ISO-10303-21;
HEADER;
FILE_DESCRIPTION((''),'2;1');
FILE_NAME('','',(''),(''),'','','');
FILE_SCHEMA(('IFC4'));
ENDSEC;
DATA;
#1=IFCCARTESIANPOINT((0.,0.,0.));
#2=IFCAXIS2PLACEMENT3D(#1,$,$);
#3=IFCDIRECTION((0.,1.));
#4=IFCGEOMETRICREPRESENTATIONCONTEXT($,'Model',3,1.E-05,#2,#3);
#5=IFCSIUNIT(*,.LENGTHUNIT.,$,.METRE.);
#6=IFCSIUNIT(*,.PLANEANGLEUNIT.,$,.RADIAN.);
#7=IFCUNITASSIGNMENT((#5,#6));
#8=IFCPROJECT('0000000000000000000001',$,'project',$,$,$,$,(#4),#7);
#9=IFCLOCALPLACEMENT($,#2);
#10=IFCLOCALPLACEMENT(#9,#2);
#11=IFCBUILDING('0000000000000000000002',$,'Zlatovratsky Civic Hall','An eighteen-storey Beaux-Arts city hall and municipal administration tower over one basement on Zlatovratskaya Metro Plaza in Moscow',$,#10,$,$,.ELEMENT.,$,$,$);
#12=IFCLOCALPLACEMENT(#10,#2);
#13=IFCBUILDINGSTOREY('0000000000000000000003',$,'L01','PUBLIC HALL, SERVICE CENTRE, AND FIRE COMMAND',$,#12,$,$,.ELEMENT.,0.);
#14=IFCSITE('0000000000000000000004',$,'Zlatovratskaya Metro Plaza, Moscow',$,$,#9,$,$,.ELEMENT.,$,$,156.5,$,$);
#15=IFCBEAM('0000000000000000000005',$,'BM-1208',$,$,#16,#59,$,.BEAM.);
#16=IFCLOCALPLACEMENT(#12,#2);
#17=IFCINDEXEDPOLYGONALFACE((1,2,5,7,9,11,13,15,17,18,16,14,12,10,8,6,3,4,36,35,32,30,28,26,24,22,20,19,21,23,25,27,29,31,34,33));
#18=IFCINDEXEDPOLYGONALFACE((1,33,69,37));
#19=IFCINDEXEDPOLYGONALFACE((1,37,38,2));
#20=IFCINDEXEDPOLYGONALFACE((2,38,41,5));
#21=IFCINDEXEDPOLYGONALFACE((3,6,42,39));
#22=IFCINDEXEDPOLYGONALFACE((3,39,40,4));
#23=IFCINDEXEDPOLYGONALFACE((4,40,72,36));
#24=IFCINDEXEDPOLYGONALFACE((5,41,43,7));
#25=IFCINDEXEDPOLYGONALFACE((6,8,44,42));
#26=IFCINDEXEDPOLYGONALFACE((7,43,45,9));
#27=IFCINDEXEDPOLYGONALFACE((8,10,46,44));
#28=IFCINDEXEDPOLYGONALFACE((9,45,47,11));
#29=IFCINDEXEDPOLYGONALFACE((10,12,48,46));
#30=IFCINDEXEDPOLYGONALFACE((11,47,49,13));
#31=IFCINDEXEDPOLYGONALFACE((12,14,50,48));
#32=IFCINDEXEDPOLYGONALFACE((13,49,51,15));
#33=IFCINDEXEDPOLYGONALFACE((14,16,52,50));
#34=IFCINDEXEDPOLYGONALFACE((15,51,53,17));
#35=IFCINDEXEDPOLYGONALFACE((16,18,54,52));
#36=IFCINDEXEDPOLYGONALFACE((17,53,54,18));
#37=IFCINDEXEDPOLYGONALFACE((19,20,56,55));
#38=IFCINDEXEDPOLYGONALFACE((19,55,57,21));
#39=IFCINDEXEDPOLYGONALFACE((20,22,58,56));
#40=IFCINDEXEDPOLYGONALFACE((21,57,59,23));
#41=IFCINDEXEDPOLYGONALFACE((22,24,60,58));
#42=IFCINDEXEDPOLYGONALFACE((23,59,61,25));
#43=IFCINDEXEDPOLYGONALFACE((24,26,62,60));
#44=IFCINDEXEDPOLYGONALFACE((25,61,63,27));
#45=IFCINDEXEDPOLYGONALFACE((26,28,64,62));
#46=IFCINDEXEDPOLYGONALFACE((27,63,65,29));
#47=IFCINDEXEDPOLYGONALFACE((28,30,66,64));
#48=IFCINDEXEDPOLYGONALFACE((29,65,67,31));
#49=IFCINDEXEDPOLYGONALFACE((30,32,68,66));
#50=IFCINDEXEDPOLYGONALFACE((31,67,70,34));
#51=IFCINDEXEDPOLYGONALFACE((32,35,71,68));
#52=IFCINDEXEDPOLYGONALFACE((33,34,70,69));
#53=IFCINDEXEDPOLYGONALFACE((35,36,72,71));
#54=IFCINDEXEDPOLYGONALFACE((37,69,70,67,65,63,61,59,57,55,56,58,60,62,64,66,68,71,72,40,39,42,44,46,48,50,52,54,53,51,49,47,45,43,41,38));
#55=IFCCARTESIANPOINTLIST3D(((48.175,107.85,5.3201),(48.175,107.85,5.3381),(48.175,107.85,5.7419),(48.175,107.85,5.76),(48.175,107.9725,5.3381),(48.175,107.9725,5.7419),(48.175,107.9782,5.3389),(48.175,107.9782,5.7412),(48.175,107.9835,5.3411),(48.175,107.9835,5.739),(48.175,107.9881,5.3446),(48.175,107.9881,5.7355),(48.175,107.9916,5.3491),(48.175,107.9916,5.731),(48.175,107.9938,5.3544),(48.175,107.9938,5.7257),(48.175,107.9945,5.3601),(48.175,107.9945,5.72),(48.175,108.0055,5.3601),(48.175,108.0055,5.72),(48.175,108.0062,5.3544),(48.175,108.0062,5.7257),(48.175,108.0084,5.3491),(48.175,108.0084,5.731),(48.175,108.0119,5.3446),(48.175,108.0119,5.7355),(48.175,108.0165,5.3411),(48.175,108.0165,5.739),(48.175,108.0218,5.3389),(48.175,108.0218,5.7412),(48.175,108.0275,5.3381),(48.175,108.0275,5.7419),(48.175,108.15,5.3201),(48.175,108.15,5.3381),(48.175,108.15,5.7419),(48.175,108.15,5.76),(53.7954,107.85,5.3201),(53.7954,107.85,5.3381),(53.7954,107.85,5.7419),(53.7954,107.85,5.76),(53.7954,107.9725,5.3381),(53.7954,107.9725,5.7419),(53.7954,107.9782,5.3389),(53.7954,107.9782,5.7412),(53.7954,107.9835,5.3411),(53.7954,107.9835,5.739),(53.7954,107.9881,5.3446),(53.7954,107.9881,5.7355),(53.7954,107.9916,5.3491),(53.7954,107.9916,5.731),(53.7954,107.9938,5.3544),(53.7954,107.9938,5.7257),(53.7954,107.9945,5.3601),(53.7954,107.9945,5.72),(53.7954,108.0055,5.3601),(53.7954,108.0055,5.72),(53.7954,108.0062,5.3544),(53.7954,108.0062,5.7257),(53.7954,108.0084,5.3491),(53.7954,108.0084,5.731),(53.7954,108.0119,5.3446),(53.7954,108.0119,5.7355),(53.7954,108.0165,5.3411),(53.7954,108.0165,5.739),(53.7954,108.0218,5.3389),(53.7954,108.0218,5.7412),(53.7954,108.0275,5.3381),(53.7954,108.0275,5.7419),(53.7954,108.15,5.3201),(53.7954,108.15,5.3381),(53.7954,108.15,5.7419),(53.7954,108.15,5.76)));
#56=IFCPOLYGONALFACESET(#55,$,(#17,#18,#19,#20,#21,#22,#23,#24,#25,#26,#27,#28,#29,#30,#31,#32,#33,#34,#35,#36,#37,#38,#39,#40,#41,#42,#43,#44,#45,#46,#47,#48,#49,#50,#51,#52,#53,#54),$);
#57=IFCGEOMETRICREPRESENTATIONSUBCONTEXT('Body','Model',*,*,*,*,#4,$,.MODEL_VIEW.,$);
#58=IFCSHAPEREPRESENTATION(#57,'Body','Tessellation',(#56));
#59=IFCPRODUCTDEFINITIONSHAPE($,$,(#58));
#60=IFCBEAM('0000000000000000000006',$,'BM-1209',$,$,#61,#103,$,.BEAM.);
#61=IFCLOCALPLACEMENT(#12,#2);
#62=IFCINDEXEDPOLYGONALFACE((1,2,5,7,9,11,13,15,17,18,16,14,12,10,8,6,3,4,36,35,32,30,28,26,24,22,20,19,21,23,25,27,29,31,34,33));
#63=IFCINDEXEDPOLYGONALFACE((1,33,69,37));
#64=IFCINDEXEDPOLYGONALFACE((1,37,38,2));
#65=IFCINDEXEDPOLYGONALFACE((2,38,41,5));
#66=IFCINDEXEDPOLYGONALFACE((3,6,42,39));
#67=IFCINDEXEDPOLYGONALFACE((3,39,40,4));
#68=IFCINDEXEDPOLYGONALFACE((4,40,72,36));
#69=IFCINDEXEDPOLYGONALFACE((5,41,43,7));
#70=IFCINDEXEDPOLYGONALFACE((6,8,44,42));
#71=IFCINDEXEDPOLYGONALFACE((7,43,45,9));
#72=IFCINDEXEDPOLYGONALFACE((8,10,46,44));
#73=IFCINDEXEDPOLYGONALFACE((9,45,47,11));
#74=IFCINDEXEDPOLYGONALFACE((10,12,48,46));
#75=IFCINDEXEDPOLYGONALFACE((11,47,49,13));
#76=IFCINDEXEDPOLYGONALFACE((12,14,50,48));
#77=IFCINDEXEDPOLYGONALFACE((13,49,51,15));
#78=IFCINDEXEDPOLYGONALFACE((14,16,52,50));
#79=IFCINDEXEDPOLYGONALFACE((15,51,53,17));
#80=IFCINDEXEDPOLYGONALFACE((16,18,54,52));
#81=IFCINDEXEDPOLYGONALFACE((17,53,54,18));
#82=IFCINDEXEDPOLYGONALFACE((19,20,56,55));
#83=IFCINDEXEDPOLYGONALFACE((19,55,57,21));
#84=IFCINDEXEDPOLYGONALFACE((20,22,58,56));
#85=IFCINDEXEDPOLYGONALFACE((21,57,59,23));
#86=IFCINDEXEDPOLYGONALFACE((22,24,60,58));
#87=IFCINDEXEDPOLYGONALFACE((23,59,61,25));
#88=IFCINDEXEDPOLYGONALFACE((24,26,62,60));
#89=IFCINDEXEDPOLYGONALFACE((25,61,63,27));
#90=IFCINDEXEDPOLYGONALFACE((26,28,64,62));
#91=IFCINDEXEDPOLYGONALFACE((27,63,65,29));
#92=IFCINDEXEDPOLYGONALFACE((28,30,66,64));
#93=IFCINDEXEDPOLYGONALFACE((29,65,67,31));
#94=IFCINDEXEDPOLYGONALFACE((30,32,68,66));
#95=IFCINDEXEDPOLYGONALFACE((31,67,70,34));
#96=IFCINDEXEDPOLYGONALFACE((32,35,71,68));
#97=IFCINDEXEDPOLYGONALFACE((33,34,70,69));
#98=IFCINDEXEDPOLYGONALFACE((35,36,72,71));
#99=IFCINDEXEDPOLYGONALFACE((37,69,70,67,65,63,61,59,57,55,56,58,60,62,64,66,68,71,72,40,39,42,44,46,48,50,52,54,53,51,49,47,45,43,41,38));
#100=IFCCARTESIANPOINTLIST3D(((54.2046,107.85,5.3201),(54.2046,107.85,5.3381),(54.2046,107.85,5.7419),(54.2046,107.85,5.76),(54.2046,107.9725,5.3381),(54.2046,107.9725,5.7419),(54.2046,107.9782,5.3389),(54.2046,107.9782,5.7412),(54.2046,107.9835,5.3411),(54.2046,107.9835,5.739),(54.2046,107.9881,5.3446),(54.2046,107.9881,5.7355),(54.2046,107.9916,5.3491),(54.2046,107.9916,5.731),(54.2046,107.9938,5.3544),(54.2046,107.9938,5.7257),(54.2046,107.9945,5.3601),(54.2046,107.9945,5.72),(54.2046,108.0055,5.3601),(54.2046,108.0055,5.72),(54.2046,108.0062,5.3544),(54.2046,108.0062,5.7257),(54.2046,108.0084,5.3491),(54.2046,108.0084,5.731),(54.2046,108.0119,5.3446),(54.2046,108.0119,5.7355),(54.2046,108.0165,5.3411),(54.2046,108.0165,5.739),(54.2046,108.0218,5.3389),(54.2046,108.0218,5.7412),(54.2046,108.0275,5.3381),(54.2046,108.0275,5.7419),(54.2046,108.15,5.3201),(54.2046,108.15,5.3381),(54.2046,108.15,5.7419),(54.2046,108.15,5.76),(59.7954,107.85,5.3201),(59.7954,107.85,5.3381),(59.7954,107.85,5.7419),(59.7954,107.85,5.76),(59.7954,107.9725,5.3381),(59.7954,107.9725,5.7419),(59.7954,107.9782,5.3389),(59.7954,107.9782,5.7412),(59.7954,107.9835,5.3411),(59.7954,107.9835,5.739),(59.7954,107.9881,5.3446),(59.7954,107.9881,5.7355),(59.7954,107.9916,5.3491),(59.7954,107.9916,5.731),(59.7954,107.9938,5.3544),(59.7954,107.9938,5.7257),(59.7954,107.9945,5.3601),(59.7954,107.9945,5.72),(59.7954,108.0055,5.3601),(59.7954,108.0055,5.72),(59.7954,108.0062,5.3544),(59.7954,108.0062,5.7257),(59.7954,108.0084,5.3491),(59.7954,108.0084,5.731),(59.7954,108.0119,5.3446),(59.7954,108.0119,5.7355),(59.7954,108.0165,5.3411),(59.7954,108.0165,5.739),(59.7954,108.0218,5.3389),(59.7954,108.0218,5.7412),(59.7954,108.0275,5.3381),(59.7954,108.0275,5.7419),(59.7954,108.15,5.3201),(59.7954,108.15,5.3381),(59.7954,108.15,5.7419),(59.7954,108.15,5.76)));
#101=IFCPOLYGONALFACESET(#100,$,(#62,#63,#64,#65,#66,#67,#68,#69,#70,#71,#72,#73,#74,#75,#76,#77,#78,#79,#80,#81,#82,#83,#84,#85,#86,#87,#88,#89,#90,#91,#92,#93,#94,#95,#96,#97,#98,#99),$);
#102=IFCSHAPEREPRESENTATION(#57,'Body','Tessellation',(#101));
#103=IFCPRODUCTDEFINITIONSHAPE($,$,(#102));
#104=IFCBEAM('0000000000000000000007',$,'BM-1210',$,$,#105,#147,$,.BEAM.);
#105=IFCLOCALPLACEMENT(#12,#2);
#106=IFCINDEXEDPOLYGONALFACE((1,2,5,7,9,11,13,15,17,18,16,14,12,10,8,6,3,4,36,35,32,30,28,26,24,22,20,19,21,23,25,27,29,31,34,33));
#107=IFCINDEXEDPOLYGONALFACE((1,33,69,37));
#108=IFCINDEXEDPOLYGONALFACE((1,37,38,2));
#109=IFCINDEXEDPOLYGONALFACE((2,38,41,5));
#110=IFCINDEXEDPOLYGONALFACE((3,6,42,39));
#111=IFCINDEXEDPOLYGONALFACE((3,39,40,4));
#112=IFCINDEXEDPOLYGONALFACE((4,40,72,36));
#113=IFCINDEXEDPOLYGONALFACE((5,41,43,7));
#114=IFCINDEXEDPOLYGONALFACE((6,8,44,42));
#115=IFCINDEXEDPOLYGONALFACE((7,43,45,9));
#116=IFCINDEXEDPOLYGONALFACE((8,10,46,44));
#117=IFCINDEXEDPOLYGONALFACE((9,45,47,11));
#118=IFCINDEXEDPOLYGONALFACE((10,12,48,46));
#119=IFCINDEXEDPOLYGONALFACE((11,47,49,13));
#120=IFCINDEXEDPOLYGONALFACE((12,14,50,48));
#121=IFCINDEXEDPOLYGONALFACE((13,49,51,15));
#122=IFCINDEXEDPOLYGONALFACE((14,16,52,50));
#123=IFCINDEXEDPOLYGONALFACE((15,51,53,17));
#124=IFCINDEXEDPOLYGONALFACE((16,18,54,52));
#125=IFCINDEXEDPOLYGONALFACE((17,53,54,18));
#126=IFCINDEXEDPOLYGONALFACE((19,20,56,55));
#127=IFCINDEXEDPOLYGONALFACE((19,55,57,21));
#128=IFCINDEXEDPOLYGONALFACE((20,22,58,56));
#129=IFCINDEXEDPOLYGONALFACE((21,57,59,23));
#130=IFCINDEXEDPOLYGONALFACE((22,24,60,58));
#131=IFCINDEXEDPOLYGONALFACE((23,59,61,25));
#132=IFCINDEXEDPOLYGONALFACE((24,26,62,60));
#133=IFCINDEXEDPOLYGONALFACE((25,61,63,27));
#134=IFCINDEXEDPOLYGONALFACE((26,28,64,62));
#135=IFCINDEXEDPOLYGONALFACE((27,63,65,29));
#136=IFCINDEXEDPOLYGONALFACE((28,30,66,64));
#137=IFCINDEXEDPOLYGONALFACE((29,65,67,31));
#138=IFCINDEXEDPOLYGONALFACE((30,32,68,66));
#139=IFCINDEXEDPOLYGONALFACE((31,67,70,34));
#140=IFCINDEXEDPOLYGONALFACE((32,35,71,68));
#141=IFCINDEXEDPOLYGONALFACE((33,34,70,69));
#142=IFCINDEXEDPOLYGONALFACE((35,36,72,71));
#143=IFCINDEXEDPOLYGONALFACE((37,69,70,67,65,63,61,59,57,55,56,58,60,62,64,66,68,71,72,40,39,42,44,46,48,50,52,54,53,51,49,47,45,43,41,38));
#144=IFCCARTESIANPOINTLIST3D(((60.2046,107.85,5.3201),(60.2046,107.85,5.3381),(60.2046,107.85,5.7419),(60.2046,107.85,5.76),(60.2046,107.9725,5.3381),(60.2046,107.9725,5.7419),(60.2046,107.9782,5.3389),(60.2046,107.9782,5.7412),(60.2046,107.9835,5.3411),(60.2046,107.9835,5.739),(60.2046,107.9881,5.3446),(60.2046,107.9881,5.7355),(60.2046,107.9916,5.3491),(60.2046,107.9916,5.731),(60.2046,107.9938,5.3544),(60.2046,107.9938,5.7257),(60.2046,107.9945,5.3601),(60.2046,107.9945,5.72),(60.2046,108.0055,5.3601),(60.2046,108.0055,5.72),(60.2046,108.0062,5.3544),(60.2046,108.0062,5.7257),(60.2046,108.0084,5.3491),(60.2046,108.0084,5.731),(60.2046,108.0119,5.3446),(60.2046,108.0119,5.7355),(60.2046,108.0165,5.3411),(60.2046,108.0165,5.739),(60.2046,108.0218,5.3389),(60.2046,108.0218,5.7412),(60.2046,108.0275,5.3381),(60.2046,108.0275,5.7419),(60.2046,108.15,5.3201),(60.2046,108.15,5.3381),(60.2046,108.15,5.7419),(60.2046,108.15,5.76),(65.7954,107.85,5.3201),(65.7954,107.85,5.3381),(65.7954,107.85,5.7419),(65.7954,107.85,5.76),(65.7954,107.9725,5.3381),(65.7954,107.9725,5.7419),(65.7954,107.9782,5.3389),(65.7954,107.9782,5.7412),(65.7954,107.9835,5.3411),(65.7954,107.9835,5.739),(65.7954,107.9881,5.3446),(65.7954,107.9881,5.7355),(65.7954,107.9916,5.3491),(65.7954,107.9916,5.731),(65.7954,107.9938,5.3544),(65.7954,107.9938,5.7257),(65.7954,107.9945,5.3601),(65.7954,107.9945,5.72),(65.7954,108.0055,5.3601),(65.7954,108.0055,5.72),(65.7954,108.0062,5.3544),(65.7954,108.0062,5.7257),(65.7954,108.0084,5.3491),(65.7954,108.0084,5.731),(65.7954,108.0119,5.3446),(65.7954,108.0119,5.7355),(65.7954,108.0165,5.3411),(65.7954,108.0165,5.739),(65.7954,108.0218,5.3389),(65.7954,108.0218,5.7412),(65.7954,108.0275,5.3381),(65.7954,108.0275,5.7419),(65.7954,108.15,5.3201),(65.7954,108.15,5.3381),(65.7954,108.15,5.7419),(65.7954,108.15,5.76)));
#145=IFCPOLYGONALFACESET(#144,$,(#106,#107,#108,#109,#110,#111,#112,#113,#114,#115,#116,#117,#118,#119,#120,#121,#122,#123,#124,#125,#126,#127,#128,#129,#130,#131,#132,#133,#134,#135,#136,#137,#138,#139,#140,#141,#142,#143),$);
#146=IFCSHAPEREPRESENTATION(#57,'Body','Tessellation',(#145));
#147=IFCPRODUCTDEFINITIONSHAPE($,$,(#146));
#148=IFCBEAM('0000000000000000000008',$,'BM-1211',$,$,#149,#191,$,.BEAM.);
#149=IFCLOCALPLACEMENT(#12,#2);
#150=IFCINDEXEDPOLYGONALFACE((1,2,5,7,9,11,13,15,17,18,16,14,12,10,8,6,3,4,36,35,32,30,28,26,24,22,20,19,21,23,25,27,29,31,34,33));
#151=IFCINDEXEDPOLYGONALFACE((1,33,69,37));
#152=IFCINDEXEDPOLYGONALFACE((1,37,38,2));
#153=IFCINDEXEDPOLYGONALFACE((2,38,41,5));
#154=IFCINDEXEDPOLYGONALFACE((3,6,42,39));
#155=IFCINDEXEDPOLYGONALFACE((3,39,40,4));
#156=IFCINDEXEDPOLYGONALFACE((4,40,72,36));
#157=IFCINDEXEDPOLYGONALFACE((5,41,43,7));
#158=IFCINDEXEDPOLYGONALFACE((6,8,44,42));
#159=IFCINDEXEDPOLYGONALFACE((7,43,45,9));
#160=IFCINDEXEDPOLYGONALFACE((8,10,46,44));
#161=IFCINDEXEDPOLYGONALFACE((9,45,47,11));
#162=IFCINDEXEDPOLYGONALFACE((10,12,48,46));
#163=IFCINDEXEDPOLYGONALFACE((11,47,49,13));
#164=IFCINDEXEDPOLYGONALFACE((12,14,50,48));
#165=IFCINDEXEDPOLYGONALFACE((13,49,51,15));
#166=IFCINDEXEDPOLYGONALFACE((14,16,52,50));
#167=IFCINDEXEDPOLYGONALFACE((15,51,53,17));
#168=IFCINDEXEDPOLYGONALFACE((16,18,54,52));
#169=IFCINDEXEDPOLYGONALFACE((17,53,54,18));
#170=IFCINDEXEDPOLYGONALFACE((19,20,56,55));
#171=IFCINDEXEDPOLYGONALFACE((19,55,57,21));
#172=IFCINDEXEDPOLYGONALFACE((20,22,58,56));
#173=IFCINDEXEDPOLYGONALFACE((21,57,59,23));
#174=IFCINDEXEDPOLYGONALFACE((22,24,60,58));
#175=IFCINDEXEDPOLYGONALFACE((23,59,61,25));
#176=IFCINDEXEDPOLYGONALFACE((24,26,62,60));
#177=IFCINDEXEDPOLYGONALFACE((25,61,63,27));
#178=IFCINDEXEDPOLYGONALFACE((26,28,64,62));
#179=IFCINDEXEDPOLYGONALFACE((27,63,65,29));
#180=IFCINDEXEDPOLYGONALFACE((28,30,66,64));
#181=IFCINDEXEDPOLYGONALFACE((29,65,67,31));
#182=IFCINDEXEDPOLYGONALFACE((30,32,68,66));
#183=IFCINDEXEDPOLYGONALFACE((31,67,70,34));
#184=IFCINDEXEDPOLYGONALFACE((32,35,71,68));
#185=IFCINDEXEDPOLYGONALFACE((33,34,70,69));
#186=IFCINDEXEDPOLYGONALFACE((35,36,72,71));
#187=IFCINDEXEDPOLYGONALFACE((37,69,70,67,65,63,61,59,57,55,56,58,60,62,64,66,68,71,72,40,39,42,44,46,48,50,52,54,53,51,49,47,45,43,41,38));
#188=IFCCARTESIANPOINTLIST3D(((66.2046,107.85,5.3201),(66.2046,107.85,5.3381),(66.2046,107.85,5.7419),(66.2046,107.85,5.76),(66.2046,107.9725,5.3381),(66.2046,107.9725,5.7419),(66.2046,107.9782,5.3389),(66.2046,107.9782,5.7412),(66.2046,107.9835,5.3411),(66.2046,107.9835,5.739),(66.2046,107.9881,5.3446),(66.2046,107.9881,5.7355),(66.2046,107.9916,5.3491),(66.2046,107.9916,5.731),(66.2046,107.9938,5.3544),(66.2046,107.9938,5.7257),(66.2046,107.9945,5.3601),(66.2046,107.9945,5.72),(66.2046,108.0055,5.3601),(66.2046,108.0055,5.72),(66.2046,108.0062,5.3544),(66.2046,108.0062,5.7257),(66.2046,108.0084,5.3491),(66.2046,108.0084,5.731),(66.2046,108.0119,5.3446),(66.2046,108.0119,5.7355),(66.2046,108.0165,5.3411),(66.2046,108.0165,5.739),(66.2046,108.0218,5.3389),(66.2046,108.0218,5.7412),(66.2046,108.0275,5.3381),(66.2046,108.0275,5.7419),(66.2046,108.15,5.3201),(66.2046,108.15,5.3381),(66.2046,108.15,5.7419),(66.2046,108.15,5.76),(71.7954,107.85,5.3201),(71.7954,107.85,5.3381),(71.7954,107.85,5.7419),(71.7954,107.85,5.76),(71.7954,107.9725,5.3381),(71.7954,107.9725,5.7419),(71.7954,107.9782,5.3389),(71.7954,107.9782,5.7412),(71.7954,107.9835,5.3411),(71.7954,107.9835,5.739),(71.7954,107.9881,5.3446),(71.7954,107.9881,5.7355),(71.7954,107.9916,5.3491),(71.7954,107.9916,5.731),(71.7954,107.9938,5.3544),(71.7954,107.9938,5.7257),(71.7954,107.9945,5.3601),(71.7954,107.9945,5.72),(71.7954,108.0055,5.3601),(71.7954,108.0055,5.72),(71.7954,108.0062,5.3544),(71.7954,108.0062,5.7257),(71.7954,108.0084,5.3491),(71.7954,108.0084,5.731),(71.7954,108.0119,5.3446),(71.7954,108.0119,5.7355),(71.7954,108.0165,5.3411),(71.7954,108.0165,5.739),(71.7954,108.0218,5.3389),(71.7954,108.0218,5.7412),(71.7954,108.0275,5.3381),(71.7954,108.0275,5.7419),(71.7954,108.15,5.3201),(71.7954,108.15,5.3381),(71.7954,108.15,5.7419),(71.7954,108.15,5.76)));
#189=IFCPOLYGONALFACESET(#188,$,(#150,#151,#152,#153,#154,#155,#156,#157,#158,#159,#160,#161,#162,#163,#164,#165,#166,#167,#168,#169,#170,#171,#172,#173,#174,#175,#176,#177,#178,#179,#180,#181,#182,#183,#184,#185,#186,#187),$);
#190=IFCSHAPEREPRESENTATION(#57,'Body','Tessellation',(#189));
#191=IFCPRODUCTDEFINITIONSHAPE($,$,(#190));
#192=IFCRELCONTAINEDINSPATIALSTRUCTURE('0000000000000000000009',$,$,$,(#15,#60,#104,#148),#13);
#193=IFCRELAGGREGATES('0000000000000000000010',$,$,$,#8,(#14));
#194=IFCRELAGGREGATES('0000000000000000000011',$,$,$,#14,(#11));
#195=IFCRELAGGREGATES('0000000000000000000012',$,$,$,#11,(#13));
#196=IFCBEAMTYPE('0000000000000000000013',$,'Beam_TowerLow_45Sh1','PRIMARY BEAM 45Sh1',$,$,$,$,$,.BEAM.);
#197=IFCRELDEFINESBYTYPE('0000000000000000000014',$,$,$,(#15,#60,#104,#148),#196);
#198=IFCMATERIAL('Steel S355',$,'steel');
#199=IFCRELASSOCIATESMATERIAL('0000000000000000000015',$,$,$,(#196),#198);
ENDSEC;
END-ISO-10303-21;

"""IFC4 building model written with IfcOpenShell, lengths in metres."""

from ifc_helpers import new_model, si_unit, direction, frame, origin, origin_2d, place, context, subcontext, project, spatial, i_section, extrude, material, material_profile, profile_set, type_object, element, save


model = new_model("IFC4")

# Units and contexts
model_context = context("Model", 3, precision=1e-05, world=origin(), true_north=direction((0.0, 1.0)))
body_context = subcontext(model_context, "Body", "Model", "MODEL_VIEW")
ifc_project = project(units=[si_unit("LENGTHUNIT", "METRE"), si_unit("PLANEANGLEUNIT", "RADIAN")], contexts=[model_context])

# Site, building, storey
site_placement = place(None, origin())
site = spatial("IfcSite", under=ifc_project, at=site_placement, Name="Zlatovratskaya Metro Plaza, Moscow", CompositionType="ELEMENT", RefElevation=156.5)
building_placement = place(site_placement, origin())
building = spatial("IfcBuilding", under=site, at=building_placement, Name="Zlatovratsky Civic Hall", Description="An eighteen-storey Beaux-Arts city hall and municipal administration tower over one basement on Zlatovratskaya Metro Plaza in Moscow", CompositionType="ELEMENT")
storey_placement = place(building_placement, origin())
storey = spatial("IfcBuildingStorey", under=building, at=storey_placement, Name="L01", Description="PUBLIC HALL, SERVICE CENTRE, AND FIRE COMMAND", CompositionType="ELEMENT", Elevation=0.0)

# Shared definitions
ifc_material_1 = material(Name="Steel S355", Category="steel")

# Beams
ifc_material_profile_1 = material_profile(ifc_material_1, i_section(OverallWidth=0.3, OverallDepth=0.4399, WebThickness=0.011, FlangeThickness=0.0181, FilletRadius=0.022, at=origin_2d()), Name="45Sh1")
ifc_profile_set_1 = profile_set([ifc_material_profile_1], Name="Steel S355")
beam_type_1 = type_object("IfcBeamType", Name="Beam_TowerLow_45Sh1", Description="PRIMARY BEAM 45Sh1", PredefinedType="BEAM", material=ifc_profile_set_1)
beam_1_placement = place(storey_placement, frame((48.175, 108.0, 5.54), z_axis=(1.0, 0.0, 0.0), x_axis=(0.0, 1.0, 0.0)))
element("IfcBeam", 1, at=beam_1_placement, inside=storey, type_object=beam_type_1, Name="BM-1208", PredefinedType="BEAM", context=body_context, shape_type="SweptSolid", body=[
    extrude(i_section(OverallWidth=0.3, OverallDepth=0.4399, WebThickness=0.011, FlangeThickness=0.0181, FilletRadius=0.022, at=origin_2d()), origin(), (0.0, 0.0, 1.0), 5.6204),
])
for number, where, z_axis, x_axis, name in (
    (2, (54.2046, 108.0, 5.54), (1.0, 0.0, 0.0), (0.0, 1.0, 0.0), "BM-1209"),
    (3, (60.2046, 108.0, 5.54), (1.0, 0.0, 0.0), (0.0, 1.0, 0.0), "BM-1210"),
    (4, (66.2046, 108.0, 5.54), (1.0, 0.0, 0.0), (0.0, 1.0, 0.0), "BM-1211"),
):
    element("IfcBeam", number, at=place(storey_placement, frame(where, z_axis=z_axis, x_axis=x_axis)), inside=storey, type_object=beam_type_1, Name=name, PredefinedType="BEAM", context=body_context, shape_type="SweptSolid", body=[
        extrude(i_section(OverallWidth=0.3, OverallDepth=0.4399, WebThickness=0.011, FlangeThickness=0.0181, FilletRadius=0.022, at=origin_2d()), origin(), (0.0, 0.0, 1.0), 5.5908),
    ])

save(model, "model.ifc")
